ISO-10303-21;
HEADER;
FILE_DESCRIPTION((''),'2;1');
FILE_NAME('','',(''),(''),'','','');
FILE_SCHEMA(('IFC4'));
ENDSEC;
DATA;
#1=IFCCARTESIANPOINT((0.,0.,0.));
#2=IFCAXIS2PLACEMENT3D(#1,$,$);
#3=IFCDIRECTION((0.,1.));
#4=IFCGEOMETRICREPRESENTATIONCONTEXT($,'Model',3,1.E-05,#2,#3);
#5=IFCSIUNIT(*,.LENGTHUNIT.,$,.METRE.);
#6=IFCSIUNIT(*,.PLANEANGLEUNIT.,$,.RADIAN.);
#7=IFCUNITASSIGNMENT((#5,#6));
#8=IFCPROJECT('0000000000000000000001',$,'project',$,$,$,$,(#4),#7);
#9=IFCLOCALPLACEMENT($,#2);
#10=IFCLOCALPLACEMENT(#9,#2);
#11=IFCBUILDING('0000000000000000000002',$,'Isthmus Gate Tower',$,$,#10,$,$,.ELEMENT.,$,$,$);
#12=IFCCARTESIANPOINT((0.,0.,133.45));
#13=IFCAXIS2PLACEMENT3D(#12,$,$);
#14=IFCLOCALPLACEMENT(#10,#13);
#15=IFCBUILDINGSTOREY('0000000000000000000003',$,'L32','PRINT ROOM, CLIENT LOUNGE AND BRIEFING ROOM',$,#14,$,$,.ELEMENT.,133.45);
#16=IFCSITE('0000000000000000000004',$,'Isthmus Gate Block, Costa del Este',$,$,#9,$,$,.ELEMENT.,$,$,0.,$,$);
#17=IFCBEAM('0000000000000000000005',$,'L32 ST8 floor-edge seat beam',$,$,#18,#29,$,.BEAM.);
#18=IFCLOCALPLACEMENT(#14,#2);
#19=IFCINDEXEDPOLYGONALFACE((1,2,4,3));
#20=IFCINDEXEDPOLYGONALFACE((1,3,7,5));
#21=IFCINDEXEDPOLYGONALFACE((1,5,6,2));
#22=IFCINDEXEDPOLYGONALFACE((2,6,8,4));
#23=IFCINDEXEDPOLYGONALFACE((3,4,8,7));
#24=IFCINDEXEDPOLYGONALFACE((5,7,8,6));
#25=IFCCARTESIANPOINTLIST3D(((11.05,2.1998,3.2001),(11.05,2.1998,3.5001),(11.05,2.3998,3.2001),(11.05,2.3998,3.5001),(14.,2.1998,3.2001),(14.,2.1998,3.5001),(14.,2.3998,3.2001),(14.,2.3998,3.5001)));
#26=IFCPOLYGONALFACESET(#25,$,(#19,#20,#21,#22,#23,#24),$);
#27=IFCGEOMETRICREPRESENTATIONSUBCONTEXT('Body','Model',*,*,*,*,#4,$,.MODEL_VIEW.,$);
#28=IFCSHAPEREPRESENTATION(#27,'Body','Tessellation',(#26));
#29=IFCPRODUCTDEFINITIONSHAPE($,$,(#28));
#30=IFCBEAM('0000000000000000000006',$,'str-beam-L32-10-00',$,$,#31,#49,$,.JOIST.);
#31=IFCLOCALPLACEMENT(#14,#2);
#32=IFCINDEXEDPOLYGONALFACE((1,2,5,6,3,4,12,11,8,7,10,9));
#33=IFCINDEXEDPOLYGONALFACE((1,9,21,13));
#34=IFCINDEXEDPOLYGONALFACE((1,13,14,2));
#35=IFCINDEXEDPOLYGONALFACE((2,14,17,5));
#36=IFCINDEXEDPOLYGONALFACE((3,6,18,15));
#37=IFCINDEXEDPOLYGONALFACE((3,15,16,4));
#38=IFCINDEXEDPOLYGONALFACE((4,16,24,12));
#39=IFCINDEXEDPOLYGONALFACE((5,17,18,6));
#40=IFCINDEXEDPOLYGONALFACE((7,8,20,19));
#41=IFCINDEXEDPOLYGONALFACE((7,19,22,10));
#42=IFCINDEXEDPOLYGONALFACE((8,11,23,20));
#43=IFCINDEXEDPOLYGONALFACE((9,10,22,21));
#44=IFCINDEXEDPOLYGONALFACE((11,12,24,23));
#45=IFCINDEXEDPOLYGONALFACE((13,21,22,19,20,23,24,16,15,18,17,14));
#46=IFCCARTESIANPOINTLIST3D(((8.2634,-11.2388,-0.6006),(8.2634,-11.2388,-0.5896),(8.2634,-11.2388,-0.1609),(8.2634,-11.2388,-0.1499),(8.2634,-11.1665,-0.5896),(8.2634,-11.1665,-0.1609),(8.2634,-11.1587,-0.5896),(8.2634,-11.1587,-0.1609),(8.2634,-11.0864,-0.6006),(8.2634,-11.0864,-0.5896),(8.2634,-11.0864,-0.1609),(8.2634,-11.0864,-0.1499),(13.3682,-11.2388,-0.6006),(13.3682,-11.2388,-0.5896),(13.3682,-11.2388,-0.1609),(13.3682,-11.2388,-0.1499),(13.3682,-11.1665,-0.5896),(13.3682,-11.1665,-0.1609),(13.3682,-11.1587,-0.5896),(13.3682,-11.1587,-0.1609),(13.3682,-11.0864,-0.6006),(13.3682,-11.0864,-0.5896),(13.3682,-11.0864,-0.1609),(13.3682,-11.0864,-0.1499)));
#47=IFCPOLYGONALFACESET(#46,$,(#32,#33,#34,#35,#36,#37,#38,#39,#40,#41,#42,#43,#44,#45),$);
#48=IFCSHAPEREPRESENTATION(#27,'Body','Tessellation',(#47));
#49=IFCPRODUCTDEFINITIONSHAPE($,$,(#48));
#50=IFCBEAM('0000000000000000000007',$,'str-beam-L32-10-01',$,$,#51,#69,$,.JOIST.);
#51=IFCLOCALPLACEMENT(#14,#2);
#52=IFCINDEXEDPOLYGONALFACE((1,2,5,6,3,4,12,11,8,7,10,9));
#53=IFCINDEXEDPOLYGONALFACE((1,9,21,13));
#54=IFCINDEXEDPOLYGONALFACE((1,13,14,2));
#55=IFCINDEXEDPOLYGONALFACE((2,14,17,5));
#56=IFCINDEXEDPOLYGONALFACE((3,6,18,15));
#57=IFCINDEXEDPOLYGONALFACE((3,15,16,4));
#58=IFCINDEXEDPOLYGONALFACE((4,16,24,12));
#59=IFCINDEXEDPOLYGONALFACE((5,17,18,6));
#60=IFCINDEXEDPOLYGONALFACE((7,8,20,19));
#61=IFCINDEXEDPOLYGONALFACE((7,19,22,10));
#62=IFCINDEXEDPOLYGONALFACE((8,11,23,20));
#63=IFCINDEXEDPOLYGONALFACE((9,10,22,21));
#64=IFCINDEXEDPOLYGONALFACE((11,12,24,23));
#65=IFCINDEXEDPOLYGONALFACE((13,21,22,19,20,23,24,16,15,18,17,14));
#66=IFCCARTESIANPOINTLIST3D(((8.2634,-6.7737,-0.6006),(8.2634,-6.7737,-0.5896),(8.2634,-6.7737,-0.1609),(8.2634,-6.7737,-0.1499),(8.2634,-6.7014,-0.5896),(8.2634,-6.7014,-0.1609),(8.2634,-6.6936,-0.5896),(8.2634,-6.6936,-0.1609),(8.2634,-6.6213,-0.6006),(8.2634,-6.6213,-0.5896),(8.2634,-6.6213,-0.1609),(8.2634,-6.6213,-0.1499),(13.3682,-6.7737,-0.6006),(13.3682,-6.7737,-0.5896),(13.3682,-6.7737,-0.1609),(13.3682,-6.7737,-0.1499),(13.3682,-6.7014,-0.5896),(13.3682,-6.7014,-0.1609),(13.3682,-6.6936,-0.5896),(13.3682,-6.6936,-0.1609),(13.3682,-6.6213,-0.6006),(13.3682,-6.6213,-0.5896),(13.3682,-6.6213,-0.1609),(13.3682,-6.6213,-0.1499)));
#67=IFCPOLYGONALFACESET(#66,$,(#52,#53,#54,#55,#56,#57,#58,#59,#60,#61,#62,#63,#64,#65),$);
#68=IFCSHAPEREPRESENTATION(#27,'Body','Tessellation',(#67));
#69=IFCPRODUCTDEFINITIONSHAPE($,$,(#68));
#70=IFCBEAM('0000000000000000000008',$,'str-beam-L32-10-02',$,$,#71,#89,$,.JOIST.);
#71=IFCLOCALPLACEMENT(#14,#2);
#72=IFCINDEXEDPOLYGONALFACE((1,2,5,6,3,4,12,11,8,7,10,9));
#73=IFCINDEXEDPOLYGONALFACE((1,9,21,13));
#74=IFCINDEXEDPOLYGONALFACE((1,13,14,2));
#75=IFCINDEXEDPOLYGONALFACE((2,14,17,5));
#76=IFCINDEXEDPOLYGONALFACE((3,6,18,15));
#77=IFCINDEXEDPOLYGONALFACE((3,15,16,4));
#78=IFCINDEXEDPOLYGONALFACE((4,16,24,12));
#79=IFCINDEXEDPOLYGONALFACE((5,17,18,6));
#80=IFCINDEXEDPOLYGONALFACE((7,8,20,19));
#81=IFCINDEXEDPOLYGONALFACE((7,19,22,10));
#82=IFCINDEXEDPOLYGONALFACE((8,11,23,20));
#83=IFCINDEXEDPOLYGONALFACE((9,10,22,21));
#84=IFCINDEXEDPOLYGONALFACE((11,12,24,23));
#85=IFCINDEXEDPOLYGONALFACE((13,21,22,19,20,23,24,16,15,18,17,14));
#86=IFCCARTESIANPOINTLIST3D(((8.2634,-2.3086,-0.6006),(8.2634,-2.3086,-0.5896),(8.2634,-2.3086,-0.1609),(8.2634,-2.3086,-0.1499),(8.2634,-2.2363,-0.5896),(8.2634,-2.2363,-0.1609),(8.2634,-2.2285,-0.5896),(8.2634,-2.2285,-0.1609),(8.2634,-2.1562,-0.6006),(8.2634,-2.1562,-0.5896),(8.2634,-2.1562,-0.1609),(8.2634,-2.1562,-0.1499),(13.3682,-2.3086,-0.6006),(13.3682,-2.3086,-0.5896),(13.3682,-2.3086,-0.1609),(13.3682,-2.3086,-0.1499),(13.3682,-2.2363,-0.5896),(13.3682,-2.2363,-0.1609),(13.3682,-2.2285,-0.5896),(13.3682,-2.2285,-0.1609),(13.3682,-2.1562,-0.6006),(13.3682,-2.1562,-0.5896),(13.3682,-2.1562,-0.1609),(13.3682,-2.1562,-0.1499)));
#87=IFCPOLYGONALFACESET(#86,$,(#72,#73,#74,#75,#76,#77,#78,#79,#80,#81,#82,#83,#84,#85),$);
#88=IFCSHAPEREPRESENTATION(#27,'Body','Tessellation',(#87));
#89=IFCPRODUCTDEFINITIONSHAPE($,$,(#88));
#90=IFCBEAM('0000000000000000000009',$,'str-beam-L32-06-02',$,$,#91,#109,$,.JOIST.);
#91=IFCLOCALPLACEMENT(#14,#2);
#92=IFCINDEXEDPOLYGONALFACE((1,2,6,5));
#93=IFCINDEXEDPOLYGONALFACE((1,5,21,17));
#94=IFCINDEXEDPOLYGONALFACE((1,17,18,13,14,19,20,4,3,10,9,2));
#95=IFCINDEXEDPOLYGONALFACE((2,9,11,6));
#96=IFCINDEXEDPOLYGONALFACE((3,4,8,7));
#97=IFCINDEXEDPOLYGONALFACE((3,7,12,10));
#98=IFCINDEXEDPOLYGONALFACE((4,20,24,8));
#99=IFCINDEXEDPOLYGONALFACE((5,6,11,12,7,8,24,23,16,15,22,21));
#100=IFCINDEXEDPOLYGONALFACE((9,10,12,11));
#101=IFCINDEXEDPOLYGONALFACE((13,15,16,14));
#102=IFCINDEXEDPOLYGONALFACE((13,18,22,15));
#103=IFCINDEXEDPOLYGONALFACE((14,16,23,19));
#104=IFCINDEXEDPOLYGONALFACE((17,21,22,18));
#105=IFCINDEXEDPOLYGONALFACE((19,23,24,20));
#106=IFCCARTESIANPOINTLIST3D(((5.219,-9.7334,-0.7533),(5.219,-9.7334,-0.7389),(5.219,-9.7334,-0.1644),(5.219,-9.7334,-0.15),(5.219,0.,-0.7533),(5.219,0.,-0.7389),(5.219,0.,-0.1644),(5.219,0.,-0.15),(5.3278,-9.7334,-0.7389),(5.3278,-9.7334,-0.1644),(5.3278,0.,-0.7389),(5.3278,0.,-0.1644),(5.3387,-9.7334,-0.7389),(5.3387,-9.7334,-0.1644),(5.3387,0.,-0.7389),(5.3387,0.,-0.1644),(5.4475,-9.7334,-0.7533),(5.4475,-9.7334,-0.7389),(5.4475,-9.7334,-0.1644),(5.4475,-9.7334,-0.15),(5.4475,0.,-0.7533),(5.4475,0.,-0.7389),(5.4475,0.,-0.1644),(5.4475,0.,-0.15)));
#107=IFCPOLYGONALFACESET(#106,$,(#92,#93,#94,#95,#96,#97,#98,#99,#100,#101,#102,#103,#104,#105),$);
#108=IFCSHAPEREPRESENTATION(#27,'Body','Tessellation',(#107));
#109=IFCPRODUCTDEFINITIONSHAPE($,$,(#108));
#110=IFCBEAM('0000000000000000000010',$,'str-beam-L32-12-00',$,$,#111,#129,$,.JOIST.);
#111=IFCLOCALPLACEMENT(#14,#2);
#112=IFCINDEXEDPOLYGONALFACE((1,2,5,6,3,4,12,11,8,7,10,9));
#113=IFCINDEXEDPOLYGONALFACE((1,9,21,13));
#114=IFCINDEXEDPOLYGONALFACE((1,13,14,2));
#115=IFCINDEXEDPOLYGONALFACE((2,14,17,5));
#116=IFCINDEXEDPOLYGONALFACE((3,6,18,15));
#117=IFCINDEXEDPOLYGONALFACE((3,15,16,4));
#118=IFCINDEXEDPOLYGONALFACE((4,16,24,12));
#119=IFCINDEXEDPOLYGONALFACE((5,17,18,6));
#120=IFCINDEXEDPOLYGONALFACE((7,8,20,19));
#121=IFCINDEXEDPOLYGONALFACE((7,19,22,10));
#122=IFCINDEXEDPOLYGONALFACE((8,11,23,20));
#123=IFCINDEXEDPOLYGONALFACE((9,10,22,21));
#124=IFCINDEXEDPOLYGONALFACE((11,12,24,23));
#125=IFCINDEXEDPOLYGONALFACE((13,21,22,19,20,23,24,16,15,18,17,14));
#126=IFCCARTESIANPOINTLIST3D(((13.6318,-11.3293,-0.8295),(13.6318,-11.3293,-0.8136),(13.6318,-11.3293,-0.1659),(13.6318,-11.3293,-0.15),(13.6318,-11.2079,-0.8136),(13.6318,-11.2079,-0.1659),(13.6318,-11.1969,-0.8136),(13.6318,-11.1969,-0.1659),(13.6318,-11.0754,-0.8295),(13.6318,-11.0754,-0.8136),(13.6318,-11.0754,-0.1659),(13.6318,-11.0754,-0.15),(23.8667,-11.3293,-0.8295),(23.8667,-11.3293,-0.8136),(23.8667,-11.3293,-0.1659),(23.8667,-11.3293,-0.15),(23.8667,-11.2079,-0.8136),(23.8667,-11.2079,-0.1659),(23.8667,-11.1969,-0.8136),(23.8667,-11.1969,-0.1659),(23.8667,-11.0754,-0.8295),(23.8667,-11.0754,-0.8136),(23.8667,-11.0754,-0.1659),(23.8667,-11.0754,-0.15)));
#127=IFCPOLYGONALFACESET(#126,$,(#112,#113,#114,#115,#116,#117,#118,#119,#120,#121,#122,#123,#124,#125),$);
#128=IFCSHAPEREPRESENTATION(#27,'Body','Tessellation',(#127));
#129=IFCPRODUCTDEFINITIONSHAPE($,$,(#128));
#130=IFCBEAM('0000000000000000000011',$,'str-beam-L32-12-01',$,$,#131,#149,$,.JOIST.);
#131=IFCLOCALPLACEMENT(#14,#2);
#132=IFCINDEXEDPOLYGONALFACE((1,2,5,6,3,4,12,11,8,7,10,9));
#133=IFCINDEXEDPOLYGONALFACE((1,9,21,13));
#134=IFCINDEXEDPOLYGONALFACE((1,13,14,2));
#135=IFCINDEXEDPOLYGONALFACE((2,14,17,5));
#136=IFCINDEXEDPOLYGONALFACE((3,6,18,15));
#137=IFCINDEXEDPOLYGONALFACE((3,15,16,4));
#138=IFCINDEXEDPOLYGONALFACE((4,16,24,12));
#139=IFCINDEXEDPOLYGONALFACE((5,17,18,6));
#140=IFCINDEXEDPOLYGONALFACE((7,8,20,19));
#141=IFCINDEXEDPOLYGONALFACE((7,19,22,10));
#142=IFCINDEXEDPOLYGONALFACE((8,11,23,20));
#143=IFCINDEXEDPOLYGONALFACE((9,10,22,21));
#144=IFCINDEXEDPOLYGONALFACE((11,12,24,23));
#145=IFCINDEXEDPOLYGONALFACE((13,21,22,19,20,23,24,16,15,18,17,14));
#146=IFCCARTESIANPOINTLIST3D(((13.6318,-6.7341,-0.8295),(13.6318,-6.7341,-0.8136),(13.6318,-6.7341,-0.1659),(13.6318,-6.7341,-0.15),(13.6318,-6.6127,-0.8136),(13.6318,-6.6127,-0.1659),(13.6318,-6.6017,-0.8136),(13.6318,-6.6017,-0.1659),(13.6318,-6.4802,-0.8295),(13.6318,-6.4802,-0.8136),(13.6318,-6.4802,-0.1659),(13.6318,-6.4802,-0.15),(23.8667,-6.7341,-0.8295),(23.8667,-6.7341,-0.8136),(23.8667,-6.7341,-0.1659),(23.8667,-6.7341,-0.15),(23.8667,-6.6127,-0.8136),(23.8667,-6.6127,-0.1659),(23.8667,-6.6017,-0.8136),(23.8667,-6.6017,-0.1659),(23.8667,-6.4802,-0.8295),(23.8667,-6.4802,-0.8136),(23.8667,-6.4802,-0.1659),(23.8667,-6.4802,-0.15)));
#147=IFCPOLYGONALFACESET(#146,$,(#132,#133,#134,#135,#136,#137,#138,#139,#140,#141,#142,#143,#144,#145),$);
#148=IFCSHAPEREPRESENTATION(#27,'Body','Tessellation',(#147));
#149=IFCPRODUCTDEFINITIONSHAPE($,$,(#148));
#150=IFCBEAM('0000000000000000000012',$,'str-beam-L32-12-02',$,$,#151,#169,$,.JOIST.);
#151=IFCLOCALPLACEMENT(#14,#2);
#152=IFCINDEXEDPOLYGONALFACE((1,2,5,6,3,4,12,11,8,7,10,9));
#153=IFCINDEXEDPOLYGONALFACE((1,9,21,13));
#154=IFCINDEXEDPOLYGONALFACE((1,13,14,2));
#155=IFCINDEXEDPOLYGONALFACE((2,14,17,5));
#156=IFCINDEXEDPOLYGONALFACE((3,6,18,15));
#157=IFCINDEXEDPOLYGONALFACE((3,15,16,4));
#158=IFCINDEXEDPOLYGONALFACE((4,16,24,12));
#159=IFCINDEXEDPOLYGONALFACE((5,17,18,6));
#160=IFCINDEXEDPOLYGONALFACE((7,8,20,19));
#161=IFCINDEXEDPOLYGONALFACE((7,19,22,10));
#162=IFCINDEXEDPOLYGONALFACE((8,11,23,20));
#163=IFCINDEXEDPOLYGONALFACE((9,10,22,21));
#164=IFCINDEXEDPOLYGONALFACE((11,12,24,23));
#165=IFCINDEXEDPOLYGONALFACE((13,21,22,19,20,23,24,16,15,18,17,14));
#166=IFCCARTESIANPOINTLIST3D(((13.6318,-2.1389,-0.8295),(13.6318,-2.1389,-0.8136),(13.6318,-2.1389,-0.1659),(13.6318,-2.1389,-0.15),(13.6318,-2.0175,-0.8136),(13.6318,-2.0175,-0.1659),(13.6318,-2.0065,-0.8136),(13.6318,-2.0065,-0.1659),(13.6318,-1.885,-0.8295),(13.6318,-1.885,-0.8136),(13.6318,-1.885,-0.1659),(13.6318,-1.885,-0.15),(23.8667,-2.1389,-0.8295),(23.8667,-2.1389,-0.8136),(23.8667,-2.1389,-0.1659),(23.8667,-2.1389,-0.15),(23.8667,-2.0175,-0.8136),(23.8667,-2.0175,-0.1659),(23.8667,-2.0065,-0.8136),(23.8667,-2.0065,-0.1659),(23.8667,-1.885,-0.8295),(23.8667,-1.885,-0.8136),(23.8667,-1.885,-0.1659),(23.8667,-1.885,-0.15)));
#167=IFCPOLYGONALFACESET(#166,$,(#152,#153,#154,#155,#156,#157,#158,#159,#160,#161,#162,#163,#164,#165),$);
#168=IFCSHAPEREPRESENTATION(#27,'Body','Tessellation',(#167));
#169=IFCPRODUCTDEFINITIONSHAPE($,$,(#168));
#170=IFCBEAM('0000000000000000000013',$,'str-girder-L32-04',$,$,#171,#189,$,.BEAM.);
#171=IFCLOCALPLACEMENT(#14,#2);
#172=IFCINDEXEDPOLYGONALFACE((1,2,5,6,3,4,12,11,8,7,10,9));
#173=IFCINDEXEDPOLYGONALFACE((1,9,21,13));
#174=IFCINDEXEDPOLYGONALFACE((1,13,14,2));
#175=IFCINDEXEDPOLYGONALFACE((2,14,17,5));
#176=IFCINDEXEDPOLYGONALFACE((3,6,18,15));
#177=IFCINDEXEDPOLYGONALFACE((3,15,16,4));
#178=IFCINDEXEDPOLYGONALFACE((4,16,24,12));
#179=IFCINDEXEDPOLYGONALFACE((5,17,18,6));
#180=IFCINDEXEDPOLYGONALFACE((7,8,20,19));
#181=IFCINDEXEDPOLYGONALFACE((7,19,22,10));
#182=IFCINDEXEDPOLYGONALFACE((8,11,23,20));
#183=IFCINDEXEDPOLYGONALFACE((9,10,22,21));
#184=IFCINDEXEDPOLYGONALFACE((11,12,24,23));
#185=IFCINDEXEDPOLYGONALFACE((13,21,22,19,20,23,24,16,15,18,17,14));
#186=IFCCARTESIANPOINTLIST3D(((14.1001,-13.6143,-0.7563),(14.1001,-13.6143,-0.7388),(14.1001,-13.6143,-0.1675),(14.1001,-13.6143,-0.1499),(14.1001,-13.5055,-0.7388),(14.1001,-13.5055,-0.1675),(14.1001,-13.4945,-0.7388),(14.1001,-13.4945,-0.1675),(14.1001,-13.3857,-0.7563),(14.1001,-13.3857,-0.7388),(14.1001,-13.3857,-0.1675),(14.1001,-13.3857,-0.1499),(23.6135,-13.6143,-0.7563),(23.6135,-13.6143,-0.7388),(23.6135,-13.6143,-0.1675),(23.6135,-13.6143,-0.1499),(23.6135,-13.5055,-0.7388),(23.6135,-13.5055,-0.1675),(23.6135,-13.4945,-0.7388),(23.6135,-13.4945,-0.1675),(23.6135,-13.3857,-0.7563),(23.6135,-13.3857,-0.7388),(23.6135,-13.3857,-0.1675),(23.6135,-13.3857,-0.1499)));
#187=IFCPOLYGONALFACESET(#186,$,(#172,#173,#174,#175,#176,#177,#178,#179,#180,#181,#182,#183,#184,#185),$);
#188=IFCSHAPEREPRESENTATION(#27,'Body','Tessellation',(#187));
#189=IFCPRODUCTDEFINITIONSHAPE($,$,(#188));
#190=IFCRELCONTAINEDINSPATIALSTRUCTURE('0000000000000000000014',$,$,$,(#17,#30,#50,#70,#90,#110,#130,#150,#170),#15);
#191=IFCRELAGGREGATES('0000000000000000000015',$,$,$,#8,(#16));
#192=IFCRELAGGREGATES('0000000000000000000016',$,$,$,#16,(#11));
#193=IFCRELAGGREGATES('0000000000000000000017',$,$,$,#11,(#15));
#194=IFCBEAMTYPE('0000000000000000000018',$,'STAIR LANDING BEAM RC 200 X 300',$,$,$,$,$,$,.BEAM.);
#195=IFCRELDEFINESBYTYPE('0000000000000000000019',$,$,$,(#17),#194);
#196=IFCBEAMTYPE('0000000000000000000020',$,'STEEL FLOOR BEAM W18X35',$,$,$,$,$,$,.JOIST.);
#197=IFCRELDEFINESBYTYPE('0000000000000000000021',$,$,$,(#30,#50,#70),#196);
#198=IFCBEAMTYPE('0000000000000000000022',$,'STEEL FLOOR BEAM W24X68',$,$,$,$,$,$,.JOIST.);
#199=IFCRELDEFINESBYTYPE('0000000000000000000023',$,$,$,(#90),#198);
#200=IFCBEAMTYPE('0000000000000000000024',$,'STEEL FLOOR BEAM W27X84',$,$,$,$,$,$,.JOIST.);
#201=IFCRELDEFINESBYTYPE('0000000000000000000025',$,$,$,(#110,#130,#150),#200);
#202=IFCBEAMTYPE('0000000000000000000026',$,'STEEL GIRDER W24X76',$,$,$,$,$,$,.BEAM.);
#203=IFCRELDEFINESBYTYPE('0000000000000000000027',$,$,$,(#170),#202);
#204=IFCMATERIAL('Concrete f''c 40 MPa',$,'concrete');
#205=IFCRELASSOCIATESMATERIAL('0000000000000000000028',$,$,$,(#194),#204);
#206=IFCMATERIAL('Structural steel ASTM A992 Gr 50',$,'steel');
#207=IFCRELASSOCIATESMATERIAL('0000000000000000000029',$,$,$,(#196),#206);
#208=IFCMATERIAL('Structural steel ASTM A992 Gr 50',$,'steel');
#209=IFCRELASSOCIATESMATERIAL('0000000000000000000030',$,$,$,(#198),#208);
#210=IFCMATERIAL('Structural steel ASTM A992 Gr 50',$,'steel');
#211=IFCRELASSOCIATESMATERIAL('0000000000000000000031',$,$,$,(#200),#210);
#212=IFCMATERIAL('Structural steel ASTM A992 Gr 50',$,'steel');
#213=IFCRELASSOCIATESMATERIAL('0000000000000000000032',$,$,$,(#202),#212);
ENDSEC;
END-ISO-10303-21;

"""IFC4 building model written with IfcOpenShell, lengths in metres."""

from ifc_helpers import new_model, si_unit, direction, frame, origin, origin_2d, place, context, subcontext, project, spatial, rectangle, i_section, extrude, material, material_profile, profile_set, type_object, element, save


model = new_model("IFC4")

# Units and contexts
model_context = context("Model", 3, precision=1e-05, world=origin(), true_north=direction((0.0, 1.0)))
body_context = subcontext(model_context, "Body", "Model", "MODEL_VIEW")
ifc_project = project(units=[si_unit("LENGTHUNIT", "METRE"), si_unit("PLANEANGLEUNIT", "RADIAN")], contexts=[model_context])

# Site, building, storey
site_placement = place(None, origin())
site = spatial("IfcSite", under=ifc_project, at=site_placement, Name="Isthmus Gate Block, Costa del Este", CompositionType="ELEMENT", RefElevation=0.0)
building_placement = place(site_placement, origin())
building = spatial("IfcBuilding", under=site, at=building_placement, Name="Isthmus Gate Tower", CompositionType="ELEMENT")
storey_placement = place(building_placement, frame((0.0, 0.0, 133.45)))
storey = spatial("IfcBuildingStorey", under=building, at=storey_placement, Name="L32", Description="PRINT ROOM, CLIENT LOUNGE AND BRIEFING ROOM", CompositionType="ELEMENT", Elevation=133.45)

# Beams
ifc_material_1 = material(Name="Concrete f'c 40 MPa", Category="concrete")
ifc_material_profile_1 = material_profile(ifc_material_1, rectangle(XDim=0.2, YDim=0.3, at=origin_2d()), Name="STAIR LANDING BEAM RC 200 X 300")
ifc_profile_set_1 = profile_set([ifc_material_profile_1], Name="Concrete f'c 40 MPa")
beam_type_1 = type_object("IfcBeamType", Name="STAIR LANDING BEAM RC 200 X 300", PredefinedType="BEAM", material=ifc_profile_set_1)
beam_1_placement = place(storey_placement, frame((11.05, 2.2998, 3.3501), z_axis=(1.0, 0.0, 0.0), x_axis=(0.0, 1.0, 0.0)))
element("IfcBeam", 1, at=beam_1_placement, inside=storey, type_object=beam_type_1, Name="L32 ST8 floor-edge seat beam", PredefinedType="BEAM", context=body_context, shape_type="SweptSolid", body=[
    extrude(rectangle(XDim=0.2, YDim=0.3, at=origin_2d()), origin(), (0.0, 0.0, 1.0), 2.95),
])
ifc_material_2 = material(Name="Structural steel ASTM A992 Gr 50", Category="steel")
ifc_material_profile_2 = material_profile(ifc_material_2, i_section(OverallWidth=0.1523, OverallDepth=0.4507, WebThickness=0.0078, FlangeThickness=0.011, at=origin_2d()), Name="W18X35")
ifc_profile_set_2 = profile_set([ifc_material_profile_2], Name="Structural steel ASTM A992 Gr 50")
beam_type_2 = type_object("IfcBeamType", Name="STEEL FLOOR BEAM W18X35", PredefinedType="JOIST", material=ifc_profile_set_2)
for number, where, z_axis, x_axis, name in (
    (2, (8.2634, -11.1626, -0.3752), (1.0, 0.0, 0.0), (0.0, 1.0, 0.0), "str-beam-L32-10-00"),
    (3, (8.2634, -6.6975, -0.3752), (1.0, 0.0, 0.0), (0.0, 1.0, 0.0), "str-beam-L32-10-01"),
    (4, (8.2634, -2.2324, -0.3752), (1.0, 0.0, 0.0), (0.0, 1.0, 0.0), "str-beam-L32-10-02"),
):
    element("IfcBeam", number, at=place(storey_placement, frame(where, z_axis=z_axis, x_axis=x_axis)), inside=storey, type_object=beam_type_2, Name=name, PredefinedType="JOIST", context=body_context, shape_type="SweptSolid", body=[
        extrude(i_section(OverallWidth=0.1523, OverallDepth=0.4507, WebThickness=0.0078, FlangeThickness=0.011, at=origin_2d()), origin(), (0.0, 0.0, 1.0), 5.1047),
    ])
ifc_material_3 = material(Name="Structural steel ASTM A992 Gr 50", Category="steel")
ifc_material_profile_3 = material_profile(ifc_material_3, i_section(OverallWidth=0.2285, OverallDepth=0.6033, WebThickness=0.011, FlangeThickness=0.0144, at=origin_2d()), Name="W24X68")
ifc_profile_set_3 = profile_set([ifc_material_profile_3], Name="Structural steel ASTM A992 Gr 50")
beam_type_3 = type_object("IfcBeamType", Name="STEEL FLOOR BEAM W24X68", PredefinedType="JOIST", material=ifc_profile_set_3)
beam_2_placement = place(storey_placement, frame((5.3333, -9.7334, -0.4517), z_axis=(0.0, 1.0, 0.0), x_axis=(-1.0, 0.0, 0.0)))
element("IfcBeam", 5, at=beam_2_placement, inside=storey, type_object=beam_type_3, Name="str-beam-L32-06-02", PredefinedType="JOIST", context=body_context, shape_type="SweptSolid", body=[
    extrude(i_section(OverallWidth=0.2285, OverallDepth=0.6033, WebThickness=0.011, FlangeThickness=0.0144, at=origin_2d()), origin(), (0.0, 0.0, 1.0), 9.7334),
])
ifc_material_4 = material(Name="Structural steel ASTM A992 Gr 50", Category="steel")
ifc_material_profile_4 = material_profile(ifc_material_4, i_section(OverallWidth=0.2539, OverallDepth=0.6794, WebThickness=0.011, FlangeThickness=0.0159, at=origin_2d()), Name="W27X84")
ifc_profile_set_4 = profile_set([ifc_material_profile_4], Name="Structural steel ASTM A992 Gr 50")
beam_type_4 = type_object("IfcBeamType", Name="STEEL FLOOR BEAM W27X84", PredefinedType="JOIST", material=ifc_profile_set_4)
for number, where, z_axis, x_axis, name in (
    (6, (13.6318, -11.2024, -0.4897), (1.0, 0.0, 0.0), (0.0, 1.0, 0.0), "str-beam-L32-12-00"),
    (7, (13.6318, -6.6072, -0.4897), (1.0, 0.0, 0.0), (0.0, 1.0, 0.0), "str-beam-L32-12-01"),
    (8, (13.6318, -2.012, -0.4897), (1.0, 0.0, 0.0), (0.0, 1.0, 0.0), "str-beam-L32-12-02"),
):
    element("IfcBeam", number, at=place(storey_placement, frame(where, z_axis=z_axis, x_axis=x_axis)), inside=storey, type_object=beam_type_4, Name=name, PredefinedType="JOIST", context=body_context, shape_type="SweptSolid", body=[
        extrude(i_section(OverallWidth=0.2539, OverallDepth=0.6794, WebThickness=0.011, FlangeThickness=0.0159, at=origin_2d()), origin(), (0.0, 0.0, 1.0), 10.2349),
    ])
ifc_material_5 = material(Name="Structural steel ASTM A992 Gr 50", Category="steel")
ifc_material_profile_5 = material_profile(ifc_material_5, i_section(OverallWidth=0.2285, OverallDepth=0.6064, WebThickness=0.011, FlangeThickness=0.0176, at=origin_2d()), Name="W24X76")
ifc_profile_set_5 = profile_set([ifc_material_profile_5], Name="Structural steel ASTM A992 Gr 50")
beam_type_5 = type_object("IfcBeamType", Name="STEEL GIRDER W24X76", PredefinedType="BEAM", material=ifc_profile_set_5)
beam_3_placement = place(storey_placement, frame((14.1001, -13.5, -0.4531), z_axis=(1.0, 0.0, 0.0), x_axis=(0.0, 1.0, 0.0)))
element("IfcBeam", 9, at=beam_3_placement, inside=storey, type_object=beam_type_5, Name="str-girder-L32-04", PredefinedType="BEAM", context=body_context, shape_type="SweptSolid", body=[
    extrude(i_section(OverallWidth=0.2285, OverallDepth=0.6064, WebThickness=0.011, FlangeThickness=0.0176, at=origin_2d()), origin(), (0.0, 0.0, 1.0), 9.5134),
])

save(model, "model.ifc")
